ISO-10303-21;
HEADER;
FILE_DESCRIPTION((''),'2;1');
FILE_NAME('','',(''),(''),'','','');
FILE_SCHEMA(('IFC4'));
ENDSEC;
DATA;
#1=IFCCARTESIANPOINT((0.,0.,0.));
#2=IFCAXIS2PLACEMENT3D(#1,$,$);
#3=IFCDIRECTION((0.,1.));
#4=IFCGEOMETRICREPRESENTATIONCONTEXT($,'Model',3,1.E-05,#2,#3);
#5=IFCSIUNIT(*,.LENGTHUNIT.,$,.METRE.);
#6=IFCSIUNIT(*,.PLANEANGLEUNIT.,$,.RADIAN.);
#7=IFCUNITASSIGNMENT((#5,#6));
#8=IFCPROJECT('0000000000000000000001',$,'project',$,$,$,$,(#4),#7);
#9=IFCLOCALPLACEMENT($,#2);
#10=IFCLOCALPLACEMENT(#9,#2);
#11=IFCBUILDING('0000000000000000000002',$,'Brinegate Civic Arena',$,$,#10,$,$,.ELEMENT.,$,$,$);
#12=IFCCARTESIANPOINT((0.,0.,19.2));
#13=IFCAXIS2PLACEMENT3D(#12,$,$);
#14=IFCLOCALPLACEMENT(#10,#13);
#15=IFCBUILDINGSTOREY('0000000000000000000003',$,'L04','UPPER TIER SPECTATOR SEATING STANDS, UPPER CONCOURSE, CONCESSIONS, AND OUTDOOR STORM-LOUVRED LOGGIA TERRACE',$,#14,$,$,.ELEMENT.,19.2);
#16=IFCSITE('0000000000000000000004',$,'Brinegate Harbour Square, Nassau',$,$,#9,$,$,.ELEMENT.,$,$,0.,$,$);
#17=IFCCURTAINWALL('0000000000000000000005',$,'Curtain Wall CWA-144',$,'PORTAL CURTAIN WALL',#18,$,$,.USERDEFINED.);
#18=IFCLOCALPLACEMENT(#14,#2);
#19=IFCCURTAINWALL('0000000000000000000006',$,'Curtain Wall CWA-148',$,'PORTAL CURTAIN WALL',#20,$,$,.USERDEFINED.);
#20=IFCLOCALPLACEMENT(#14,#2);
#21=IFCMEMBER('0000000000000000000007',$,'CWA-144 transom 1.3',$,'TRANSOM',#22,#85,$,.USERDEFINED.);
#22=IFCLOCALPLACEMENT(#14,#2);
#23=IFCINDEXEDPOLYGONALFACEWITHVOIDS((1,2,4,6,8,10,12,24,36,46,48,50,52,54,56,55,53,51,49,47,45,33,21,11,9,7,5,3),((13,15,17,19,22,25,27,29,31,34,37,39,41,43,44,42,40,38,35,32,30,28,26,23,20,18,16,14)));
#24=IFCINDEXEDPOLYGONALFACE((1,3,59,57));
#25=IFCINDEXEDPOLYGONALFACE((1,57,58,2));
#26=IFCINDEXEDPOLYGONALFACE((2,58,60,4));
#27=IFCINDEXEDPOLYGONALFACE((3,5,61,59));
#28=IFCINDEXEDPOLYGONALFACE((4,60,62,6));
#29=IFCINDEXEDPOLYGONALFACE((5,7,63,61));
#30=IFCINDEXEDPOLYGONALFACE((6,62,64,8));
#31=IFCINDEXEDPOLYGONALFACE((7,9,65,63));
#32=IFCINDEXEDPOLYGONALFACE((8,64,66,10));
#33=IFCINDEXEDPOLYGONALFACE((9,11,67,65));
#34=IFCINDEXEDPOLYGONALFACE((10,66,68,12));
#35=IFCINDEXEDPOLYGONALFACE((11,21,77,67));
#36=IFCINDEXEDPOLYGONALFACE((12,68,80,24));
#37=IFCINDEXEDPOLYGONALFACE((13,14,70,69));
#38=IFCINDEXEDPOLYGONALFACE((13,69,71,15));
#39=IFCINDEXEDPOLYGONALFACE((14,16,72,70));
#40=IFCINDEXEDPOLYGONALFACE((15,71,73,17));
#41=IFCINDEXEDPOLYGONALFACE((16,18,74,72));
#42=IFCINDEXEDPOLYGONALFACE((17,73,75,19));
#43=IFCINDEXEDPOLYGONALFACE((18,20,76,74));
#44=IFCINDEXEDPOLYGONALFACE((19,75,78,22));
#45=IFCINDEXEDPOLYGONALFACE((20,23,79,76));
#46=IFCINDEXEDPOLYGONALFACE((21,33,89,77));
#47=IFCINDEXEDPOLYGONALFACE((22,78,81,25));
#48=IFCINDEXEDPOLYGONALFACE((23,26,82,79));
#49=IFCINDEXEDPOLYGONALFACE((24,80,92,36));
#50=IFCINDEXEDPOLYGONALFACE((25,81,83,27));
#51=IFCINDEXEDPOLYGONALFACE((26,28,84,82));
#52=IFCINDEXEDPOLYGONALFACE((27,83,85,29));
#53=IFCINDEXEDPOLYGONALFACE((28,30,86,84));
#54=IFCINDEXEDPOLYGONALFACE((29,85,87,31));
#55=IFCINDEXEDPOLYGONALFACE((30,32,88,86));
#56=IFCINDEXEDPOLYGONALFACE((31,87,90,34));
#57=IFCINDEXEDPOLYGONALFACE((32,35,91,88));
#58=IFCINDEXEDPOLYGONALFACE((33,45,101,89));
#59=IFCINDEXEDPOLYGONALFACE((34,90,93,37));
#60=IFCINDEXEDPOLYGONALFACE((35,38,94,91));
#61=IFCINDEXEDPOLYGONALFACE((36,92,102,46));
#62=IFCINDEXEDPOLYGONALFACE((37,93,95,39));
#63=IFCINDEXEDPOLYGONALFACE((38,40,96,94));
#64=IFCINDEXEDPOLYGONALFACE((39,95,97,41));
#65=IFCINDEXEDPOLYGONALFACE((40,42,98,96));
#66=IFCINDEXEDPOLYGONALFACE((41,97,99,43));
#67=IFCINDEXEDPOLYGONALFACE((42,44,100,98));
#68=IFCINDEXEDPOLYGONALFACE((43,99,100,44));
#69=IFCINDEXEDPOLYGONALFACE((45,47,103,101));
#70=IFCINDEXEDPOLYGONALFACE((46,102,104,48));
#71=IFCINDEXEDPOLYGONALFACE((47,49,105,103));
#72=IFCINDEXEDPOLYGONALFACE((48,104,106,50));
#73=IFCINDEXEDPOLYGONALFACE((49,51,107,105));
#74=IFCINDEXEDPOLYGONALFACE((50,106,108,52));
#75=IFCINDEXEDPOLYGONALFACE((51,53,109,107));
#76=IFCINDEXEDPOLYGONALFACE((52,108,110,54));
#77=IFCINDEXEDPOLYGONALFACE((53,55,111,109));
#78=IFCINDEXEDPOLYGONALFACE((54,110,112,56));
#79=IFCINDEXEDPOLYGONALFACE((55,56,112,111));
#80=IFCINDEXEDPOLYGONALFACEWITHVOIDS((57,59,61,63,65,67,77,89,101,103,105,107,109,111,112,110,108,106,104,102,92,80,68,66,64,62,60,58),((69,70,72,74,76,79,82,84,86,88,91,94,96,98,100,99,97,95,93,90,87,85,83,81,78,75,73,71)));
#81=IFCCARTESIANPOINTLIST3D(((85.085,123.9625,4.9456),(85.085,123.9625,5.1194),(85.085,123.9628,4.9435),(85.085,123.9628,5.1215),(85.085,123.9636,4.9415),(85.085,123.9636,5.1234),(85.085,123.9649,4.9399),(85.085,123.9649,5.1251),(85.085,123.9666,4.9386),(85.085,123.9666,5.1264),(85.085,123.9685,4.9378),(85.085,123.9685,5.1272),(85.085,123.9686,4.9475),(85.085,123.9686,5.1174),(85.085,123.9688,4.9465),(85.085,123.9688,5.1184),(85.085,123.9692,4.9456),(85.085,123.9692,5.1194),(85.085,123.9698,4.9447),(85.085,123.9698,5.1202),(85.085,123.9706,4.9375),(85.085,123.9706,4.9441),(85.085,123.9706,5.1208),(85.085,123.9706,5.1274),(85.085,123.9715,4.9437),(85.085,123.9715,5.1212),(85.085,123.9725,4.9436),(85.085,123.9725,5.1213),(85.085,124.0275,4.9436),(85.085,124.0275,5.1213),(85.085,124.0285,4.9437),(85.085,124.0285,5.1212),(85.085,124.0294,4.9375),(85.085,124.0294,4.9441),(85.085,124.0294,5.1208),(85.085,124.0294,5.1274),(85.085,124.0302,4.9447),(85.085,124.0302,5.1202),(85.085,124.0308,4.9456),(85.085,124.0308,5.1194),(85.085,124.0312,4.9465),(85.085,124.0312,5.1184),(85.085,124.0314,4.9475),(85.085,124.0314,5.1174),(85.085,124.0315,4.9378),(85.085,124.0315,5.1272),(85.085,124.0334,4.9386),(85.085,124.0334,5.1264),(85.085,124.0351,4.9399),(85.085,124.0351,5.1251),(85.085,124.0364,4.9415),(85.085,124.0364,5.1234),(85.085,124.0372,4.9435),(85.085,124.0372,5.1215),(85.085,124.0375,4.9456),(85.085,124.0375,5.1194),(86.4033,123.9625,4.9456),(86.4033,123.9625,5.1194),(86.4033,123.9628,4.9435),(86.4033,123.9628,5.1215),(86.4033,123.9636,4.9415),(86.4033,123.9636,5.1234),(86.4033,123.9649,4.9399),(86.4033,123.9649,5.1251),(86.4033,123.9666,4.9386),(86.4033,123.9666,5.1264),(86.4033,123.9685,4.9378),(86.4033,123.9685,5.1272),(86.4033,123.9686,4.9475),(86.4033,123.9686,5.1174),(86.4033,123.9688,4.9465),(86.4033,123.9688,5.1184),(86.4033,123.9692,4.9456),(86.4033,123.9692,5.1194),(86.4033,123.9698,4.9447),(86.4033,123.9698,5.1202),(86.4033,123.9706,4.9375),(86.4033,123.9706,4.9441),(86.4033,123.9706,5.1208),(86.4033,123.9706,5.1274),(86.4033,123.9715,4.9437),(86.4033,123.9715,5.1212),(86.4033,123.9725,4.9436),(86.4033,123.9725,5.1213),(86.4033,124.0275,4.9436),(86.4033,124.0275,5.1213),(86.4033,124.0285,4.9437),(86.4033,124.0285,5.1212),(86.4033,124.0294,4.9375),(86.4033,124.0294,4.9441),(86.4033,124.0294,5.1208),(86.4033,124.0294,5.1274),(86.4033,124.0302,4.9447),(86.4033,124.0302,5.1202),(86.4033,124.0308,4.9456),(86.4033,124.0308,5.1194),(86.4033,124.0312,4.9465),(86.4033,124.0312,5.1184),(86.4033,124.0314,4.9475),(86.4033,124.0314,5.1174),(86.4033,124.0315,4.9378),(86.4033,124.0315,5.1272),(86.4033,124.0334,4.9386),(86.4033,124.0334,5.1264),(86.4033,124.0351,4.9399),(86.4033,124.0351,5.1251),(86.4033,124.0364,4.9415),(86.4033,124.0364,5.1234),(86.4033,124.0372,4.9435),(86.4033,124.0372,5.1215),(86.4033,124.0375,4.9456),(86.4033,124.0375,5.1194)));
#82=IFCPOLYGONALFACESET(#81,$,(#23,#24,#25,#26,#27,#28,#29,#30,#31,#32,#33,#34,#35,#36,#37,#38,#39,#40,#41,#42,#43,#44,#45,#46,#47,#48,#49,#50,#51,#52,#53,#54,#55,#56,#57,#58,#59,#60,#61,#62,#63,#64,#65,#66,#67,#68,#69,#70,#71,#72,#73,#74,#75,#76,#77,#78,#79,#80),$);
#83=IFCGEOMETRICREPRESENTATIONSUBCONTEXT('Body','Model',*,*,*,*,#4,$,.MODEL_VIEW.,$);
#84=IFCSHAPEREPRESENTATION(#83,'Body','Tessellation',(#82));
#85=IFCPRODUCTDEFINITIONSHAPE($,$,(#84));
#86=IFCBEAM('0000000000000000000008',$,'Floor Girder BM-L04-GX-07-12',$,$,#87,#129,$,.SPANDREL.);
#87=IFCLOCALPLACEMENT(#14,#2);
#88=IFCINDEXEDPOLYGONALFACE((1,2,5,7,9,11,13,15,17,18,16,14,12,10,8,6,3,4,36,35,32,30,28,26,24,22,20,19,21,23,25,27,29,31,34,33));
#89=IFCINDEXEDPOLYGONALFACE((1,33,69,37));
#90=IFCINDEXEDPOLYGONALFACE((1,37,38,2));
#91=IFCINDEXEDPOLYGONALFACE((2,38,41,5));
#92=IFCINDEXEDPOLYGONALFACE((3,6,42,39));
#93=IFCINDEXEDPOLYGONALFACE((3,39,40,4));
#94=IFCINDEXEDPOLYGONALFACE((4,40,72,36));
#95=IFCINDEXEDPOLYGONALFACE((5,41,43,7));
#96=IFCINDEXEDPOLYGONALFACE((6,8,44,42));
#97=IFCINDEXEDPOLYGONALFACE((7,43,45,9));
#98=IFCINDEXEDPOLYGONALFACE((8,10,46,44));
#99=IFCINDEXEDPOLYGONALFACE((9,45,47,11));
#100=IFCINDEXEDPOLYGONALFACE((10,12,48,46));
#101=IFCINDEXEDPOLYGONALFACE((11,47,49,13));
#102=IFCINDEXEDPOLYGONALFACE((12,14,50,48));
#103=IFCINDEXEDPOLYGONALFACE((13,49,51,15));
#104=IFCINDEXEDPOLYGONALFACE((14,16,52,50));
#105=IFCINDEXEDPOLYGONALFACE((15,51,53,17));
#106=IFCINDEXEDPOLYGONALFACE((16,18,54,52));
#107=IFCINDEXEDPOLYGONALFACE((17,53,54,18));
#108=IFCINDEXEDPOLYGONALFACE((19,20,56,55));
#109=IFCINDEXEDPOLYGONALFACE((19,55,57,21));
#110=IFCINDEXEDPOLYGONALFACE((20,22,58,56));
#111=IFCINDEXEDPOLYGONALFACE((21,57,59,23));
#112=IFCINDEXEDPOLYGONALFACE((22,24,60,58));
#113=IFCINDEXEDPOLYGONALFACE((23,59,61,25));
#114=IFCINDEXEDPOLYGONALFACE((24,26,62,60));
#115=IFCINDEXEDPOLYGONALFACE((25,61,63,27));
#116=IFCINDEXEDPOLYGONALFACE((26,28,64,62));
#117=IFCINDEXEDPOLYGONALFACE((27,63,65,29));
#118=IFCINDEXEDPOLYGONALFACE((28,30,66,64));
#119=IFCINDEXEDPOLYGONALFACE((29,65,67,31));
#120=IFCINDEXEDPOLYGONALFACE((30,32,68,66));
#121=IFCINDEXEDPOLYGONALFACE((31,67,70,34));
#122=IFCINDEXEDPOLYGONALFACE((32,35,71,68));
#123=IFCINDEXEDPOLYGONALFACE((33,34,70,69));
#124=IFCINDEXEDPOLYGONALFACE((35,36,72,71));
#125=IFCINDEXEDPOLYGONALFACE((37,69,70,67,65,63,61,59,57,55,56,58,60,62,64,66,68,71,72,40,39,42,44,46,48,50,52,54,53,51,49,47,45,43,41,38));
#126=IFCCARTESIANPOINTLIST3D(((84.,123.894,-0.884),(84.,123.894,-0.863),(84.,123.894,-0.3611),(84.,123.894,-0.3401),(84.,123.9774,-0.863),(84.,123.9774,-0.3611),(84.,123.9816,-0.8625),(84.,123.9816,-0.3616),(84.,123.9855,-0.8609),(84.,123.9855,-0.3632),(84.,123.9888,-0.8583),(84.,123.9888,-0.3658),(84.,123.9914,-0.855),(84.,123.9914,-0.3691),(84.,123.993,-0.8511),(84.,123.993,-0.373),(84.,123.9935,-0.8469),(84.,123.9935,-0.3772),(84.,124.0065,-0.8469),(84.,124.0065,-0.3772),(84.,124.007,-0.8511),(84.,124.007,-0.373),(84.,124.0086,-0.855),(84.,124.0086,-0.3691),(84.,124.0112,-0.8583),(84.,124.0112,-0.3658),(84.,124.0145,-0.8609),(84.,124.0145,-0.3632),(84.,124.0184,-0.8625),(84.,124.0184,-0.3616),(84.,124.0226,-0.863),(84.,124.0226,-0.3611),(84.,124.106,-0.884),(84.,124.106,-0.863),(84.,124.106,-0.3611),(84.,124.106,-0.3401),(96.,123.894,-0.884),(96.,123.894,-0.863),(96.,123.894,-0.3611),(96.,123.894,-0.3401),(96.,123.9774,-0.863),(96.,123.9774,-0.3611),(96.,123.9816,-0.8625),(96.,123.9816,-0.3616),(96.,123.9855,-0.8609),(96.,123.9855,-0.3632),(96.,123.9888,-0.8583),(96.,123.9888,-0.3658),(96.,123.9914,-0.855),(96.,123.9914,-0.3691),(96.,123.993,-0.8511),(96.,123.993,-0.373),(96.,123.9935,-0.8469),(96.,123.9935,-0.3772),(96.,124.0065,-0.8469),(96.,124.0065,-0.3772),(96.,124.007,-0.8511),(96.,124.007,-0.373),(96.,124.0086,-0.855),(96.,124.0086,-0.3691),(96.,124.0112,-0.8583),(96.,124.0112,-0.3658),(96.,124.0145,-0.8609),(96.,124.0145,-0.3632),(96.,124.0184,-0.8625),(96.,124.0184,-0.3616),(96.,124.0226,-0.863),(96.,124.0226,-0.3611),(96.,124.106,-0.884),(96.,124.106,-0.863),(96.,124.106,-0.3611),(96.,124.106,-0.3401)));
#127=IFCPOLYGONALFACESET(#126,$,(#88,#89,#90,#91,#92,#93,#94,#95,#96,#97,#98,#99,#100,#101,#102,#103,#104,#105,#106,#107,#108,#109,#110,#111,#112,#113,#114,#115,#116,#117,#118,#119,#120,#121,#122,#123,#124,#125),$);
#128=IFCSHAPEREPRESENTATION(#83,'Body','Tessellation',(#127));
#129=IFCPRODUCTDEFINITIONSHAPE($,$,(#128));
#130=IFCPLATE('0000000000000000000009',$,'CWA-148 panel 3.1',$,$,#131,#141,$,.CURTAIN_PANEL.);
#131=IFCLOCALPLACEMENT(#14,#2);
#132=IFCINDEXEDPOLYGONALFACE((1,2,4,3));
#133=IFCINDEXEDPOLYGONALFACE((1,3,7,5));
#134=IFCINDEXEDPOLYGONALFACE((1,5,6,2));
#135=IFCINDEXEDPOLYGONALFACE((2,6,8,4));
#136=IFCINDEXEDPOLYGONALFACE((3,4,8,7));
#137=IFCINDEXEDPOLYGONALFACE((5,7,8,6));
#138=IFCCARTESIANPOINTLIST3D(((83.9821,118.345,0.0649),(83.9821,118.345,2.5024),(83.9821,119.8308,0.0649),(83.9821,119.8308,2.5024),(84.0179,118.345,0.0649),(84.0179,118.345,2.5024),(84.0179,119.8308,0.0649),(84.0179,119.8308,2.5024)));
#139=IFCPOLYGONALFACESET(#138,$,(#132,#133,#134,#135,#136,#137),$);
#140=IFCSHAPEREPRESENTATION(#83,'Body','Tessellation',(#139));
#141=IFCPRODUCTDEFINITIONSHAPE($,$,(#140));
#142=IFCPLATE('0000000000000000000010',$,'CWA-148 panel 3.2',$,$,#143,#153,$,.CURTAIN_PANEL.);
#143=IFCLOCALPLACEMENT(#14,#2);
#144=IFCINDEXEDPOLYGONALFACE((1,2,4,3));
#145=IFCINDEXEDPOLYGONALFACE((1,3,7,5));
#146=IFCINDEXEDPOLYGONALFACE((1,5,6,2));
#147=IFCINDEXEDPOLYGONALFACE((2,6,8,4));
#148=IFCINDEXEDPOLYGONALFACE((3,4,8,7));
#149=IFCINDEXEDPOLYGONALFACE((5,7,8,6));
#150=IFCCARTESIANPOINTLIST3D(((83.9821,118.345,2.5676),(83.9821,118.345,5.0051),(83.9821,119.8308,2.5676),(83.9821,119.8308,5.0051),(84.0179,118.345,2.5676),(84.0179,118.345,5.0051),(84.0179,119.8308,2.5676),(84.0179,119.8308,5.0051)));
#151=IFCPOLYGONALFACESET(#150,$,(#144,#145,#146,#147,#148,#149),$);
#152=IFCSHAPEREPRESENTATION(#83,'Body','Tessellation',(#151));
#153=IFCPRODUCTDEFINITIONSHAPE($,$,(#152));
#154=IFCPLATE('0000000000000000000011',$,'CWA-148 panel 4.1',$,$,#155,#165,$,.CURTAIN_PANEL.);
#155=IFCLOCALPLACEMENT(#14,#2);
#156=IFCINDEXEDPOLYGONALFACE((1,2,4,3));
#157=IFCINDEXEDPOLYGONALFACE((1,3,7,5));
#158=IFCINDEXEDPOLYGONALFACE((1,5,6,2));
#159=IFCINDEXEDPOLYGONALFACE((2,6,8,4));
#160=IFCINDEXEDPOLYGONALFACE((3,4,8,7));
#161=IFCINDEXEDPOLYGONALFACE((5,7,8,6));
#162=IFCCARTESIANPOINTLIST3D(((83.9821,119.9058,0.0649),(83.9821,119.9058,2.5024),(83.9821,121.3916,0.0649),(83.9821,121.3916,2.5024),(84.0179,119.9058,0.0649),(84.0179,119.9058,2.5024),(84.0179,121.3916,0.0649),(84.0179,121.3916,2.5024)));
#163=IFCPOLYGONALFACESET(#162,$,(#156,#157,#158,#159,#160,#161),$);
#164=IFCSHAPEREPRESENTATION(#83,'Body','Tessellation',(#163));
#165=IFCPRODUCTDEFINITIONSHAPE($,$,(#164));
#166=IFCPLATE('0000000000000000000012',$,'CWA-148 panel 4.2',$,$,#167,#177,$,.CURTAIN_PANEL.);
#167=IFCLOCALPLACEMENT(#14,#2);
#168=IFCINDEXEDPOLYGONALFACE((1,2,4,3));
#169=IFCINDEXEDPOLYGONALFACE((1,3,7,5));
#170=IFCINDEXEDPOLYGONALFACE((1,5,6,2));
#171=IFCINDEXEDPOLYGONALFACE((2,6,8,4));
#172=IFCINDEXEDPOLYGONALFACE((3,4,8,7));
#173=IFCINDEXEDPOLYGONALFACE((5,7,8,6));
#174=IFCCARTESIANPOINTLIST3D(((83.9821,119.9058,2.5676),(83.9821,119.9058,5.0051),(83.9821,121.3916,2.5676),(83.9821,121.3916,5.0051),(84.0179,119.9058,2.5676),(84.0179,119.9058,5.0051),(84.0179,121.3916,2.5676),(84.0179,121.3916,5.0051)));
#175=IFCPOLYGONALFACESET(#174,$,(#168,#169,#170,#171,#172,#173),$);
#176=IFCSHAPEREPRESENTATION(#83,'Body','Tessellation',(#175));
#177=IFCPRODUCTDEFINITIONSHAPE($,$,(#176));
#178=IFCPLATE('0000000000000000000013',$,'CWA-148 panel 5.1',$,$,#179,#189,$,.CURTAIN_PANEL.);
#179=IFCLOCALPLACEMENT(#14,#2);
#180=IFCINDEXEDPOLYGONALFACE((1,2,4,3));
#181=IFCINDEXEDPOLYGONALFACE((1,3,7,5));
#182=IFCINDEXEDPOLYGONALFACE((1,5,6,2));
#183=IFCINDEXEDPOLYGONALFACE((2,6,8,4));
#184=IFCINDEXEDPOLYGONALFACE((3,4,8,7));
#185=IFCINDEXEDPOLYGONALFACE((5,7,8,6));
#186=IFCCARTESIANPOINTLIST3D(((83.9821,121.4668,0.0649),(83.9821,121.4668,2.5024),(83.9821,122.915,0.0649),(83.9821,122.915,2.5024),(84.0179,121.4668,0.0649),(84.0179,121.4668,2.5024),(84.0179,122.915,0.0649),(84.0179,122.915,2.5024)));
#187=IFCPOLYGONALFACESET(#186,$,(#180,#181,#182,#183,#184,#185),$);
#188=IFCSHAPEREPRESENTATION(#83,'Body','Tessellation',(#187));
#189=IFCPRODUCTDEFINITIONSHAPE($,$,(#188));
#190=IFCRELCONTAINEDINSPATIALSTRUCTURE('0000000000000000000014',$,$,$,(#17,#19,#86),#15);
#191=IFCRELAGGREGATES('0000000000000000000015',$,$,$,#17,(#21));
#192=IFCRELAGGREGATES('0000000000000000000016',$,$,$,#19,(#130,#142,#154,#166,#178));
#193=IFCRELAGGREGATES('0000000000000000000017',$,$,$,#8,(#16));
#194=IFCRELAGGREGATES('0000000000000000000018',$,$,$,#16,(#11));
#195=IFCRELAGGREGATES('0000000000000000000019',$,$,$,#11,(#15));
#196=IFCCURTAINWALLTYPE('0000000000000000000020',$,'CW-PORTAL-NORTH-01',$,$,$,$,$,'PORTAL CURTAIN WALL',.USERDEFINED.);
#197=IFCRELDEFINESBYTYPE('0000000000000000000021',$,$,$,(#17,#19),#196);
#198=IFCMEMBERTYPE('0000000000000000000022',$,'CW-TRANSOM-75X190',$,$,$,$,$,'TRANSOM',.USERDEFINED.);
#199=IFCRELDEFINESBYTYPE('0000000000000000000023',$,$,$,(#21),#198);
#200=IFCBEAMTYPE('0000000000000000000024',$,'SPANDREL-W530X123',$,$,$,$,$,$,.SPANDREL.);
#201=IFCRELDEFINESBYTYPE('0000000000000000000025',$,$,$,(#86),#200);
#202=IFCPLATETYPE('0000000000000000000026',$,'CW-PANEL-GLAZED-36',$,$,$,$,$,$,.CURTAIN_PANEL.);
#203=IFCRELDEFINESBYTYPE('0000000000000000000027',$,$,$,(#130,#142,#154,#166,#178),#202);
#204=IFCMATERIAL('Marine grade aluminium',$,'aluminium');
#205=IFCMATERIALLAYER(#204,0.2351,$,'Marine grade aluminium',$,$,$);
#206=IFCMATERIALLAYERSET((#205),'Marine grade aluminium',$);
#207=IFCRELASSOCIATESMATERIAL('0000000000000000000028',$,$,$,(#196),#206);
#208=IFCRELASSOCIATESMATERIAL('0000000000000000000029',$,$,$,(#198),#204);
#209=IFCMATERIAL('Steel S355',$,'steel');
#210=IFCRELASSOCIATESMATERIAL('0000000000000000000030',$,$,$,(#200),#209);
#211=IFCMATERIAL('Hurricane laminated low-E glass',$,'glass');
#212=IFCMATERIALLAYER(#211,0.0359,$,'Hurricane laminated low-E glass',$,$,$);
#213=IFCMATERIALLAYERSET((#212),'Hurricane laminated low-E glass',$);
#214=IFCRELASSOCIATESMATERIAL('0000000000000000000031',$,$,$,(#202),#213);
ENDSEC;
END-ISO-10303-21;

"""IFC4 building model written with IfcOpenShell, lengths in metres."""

from ifc_helpers import new_model, si_unit, direction, frame, origin, origin_2d, place, context, subcontext, project, spatial, rectangle, hollow_rectangle, i_section, extrude, material, layer, layer_set, material_profile, profile_set, type_object, element, aggregate, save


model = new_model("IFC4")

# Units and contexts
model_context = context("Model", 3, precision=1e-05, world=origin(), true_north=direction((0.0, 1.0)))
body_context = subcontext(model_context, "Body", "Model", "MODEL_VIEW")
ifc_project = project(units=[si_unit("LENGTHUNIT", "METRE"), si_unit("PLANEANGLEUNIT", "RADIAN")], contexts=[model_context])

# Site, building, storey
site_placement = place(None, origin())
site = spatial("IfcSite", under=ifc_project, at=site_placement, Name="Brinegate Harbour Square, Nassau", CompositionType="ELEMENT", RefElevation=0.0)
building_placement = place(site_placement, origin())
building = spatial("IfcBuilding", under=site, at=building_placement, Name="Brinegate Civic Arena", CompositionType="ELEMENT")
storey_placement = place(building_placement, frame((0.0, 0.0, 19.2)))
storey = spatial("IfcBuildingStorey", under=building, at=storey_placement, Name="L04", Description="UPPER TIER SPECTATOR SEATING STANDS, UPPER CONCOURSE, CONCESSIONS, AND OUTDOOR STORM-LOUVRED LOGGIA TERRACE", CompositionType="ELEMENT", Elevation=19.2)

# Curtain wall
ifc_material_1 = material(Name="Marine grade aluminium", Category="aluminium")
ifc_layer_1 = layer(ifc_material_1, 0.2351, Name="Marine grade aluminium")
ifc_layer_set_1 = layer_set([ifc_layer_1], Name="Marine grade aluminium")
curtain_wall_type = type_object("IfcCurtainWallType", Name="CW-PORTAL-NORTH-01", ElementType="PORTAL CURTAIN WALL", PredefinedType="USERDEFINED", material=ifc_layer_set_1)
curtain_wall_1_placement = place(storey_placement, origin())
curtain_wall_1 = element("IfcCurtainWall", 1, at=curtain_wall_1_placement, inside=storey, type_object=curtain_wall_type, Name="Curtain Wall CWA-144", ObjectType="PORTAL CURTAIN WALL", PredefinedType="USERDEFINED")

# Curtain wall
curtain_wall_2_placement = place(storey_placement, origin())
curtain_wall_2 = element("IfcCurtainWall", 2, at=curtain_wall_2_placement, inside=storey, type_object=curtain_wall_type, Name="Curtain Wall CWA-148", ObjectType="PORTAL CURTAIN WALL", PredefinedType="USERDEFINED")

# Member
ifc_material_profile_1 = material_profile(ifc_material_1, hollow_rectangle(XDim=0.075, YDim=0.1899, WallThickness=0.0061, InnerFilletRadius=0.0039, OuterFilletRadius=0.0081, at=origin_2d()), Name="TRN75X190")
ifc_profile_set_1 = profile_set([ifc_material_profile_1], Name="Marine grade aluminium")
member_type_1 = type_object("IfcMemberType", Name="CW-TRANSOM-75X190", ElementType="TRANSOM", PredefinedType="USERDEFINED", material=ifc_profile_set_1)
member_1_placement = place(storey_placement, frame((85.085, 124.0, 5.0325), z_axis=(1.0, 0.0, 0.0), x_axis=(0.0, 1.0, 0.0)))
member_1 = element("IfcMember", 3, at=member_1_placement, type_object=member_type_1, Name="CWA-144 transom 1.3", ObjectType="TRANSOM", PredefinedType="USERDEFINED", context=body_context, shape_type="SweptSolid", body=[
    extrude(hollow_rectangle(XDim=0.075, YDim=0.1899, WallThickness=0.0061, InnerFilletRadius=0.0039, OuterFilletRadius=0.0081, at=origin_2d()), origin(), (0.0, 0.0, 1.0), 1.3184),
])
aggregate(curtain_wall_1, [member_1])

# Beam
ifc_material_2 = material(Name="Steel S355", Category="steel")
ifc_material_profile_2 = material_profile(ifc_material_2, i_section(OverallWidth=0.2119, OverallDepth=0.5439, WebThickness=0.0129, FlangeThickness=0.021, FilletRadius=0.0161, at=origin_2d()), Name="W530X123")
ifc_profile_set_2 = profile_set([ifc_material_profile_2], Name="Steel S355")
beam_type = type_object("IfcBeamType", Name="SPANDREL-W530X123", PredefinedType="SPANDREL", material=ifc_profile_set_2)
beam_placement = place(storey_placement, frame((84.0, 124.0, -0.6121), z_axis=(1.0, 0.0, 0.0), x_axis=(0.0, 1.0, 0.0)))
element("IfcBeam", 4, at=beam_placement, inside=storey, type_object=beam_type, Name="Floor Girder BM-L04-GX-07-12", PredefinedType="SPANDREL", context=body_context, shape_type="SweptSolid", body=[
    extrude(i_section(OverallWidth=0.2119, OverallDepth=0.5439, WebThickness=0.0129, FlangeThickness=0.021, FilletRadius=0.0161, at=origin_2d()), origin(), (0.0, 0.0, 1.0), 12.0),
])

# Plates
ifc_material_3 = material(Name="Hurricane laminated low-E glass", Category="glass")
ifc_layer_2 = layer(ifc_material_3, 0.0359, Name="Hurricane laminated low-E glass")
ifc_layer_set_2 = layer_set([ifc_layer_2], Name="Hurricane laminated low-E glass")
plate_type = type_object("IfcPlateType", Name="CW-PANEL-GLAZED-36", PredefinedType="CURTAIN_PANEL", material=ifc_layer_set_2)
plate_1_placement = place(storey_placement, frame((84.0, 119.0879, 0.0649), z_axis=(0.0, 0.0, 1.0), x_axis=(0.0, 1.0, 0.0)))
plate_1 = element("IfcPlate", 5, at=plate_1_placement, type_object=plate_type, Name="CWA-148 panel 3.1", PredefinedType="CURTAIN_PANEL", context=body_context, shape_type="SweptSolid", body=[
    extrude(rectangle(XDim=1.4858, YDim=0.0359, at=origin_2d()), origin(), (0.0, 0.0, 1.0), 2.4375),
])
plate_2_placement = place(storey_placement, frame((84.0, 119.0879, 2.5676), z_axis=(0.0, 0.0, 1.0), x_axis=(0.0, 1.0, 0.0)))
plate_2 = element("IfcPlate", 6, at=plate_2_placement, type_object=plate_type, Name="CWA-148 panel 3.2", PredefinedType="CURTAIN_PANEL", context=body_context, shape_type="SweptSolid", body=[
    extrude(rectangle(XDim=1.4858, YDim=0.0359, at=origin_2d()), origin(), (0.0, 0.0, 1.0), 2.4375),
])
plate_3_placement = place(storey_placement, frame((84.0, 120.6487, 0.0649), z_axis=(0.0, 0.0, 1.0), x_axis=(0.0, 1.0, 0.0)))
plate_3 = element("IfcPlate", 7, at=plate_3_placement, type_object=plate_type, Name="CWA-148 panel 4.1", PredefinedType="CURTAIN_PANEL", context=body_context, shape_type="SweptSolid", body=[
    extrude(rectangle(XDim=1.4858, YDim=0.0359, at=origin_2d()), origin(), (0.0, 0.0, 1.0), 2.4375),
])
plate_4_placement = place(storey_placement, frame((84.0, 120.6487, 2.5676), z_axis=(0.0, 0.0, 1.0), x_axis=(0.0, 1.0, 0.0)))
plate_4 = element("IfcPlate", 8, at=plate_4_placement, type_object=plate_type, Name="CWA-148 panel 4.2", PredefinedType="CURTAIN_PANEL", context=body_context, shape_type="SweptSolid", body=[
    extrude(rectangle(XDim=1.4858, YDim=0.0359, at=origin_2d()), origin(), (0.0, 0.0, 1.0), 2.4375),
])
plate_5_placement = place(storey_placement, frame((84.0, 122.1909, 0.0649), z_axis=(0.0, 0.0, 1.0), x_axis=(0.0, 1.0, 0.0)))
plate_5 = element("IfcPlate", 9, at=plate_5_placement, type_object=plate_type, Name="CWA-148 panel 5.1", PredefinedType="CURTAIN_PANEL", context=body_context, shape_type="SweptSolid", body=[
    extrude(rectangle(XDim=1.4482, YDim=0.0359, at=origin_2d()), origin(), (0.0, 0.0, 1.0), 2.4375),
])
aggregate(curtain_wall_2, [plate_1, plate_2, plate_3, plate_4, plate_5])

save(model, "model.ifc")
